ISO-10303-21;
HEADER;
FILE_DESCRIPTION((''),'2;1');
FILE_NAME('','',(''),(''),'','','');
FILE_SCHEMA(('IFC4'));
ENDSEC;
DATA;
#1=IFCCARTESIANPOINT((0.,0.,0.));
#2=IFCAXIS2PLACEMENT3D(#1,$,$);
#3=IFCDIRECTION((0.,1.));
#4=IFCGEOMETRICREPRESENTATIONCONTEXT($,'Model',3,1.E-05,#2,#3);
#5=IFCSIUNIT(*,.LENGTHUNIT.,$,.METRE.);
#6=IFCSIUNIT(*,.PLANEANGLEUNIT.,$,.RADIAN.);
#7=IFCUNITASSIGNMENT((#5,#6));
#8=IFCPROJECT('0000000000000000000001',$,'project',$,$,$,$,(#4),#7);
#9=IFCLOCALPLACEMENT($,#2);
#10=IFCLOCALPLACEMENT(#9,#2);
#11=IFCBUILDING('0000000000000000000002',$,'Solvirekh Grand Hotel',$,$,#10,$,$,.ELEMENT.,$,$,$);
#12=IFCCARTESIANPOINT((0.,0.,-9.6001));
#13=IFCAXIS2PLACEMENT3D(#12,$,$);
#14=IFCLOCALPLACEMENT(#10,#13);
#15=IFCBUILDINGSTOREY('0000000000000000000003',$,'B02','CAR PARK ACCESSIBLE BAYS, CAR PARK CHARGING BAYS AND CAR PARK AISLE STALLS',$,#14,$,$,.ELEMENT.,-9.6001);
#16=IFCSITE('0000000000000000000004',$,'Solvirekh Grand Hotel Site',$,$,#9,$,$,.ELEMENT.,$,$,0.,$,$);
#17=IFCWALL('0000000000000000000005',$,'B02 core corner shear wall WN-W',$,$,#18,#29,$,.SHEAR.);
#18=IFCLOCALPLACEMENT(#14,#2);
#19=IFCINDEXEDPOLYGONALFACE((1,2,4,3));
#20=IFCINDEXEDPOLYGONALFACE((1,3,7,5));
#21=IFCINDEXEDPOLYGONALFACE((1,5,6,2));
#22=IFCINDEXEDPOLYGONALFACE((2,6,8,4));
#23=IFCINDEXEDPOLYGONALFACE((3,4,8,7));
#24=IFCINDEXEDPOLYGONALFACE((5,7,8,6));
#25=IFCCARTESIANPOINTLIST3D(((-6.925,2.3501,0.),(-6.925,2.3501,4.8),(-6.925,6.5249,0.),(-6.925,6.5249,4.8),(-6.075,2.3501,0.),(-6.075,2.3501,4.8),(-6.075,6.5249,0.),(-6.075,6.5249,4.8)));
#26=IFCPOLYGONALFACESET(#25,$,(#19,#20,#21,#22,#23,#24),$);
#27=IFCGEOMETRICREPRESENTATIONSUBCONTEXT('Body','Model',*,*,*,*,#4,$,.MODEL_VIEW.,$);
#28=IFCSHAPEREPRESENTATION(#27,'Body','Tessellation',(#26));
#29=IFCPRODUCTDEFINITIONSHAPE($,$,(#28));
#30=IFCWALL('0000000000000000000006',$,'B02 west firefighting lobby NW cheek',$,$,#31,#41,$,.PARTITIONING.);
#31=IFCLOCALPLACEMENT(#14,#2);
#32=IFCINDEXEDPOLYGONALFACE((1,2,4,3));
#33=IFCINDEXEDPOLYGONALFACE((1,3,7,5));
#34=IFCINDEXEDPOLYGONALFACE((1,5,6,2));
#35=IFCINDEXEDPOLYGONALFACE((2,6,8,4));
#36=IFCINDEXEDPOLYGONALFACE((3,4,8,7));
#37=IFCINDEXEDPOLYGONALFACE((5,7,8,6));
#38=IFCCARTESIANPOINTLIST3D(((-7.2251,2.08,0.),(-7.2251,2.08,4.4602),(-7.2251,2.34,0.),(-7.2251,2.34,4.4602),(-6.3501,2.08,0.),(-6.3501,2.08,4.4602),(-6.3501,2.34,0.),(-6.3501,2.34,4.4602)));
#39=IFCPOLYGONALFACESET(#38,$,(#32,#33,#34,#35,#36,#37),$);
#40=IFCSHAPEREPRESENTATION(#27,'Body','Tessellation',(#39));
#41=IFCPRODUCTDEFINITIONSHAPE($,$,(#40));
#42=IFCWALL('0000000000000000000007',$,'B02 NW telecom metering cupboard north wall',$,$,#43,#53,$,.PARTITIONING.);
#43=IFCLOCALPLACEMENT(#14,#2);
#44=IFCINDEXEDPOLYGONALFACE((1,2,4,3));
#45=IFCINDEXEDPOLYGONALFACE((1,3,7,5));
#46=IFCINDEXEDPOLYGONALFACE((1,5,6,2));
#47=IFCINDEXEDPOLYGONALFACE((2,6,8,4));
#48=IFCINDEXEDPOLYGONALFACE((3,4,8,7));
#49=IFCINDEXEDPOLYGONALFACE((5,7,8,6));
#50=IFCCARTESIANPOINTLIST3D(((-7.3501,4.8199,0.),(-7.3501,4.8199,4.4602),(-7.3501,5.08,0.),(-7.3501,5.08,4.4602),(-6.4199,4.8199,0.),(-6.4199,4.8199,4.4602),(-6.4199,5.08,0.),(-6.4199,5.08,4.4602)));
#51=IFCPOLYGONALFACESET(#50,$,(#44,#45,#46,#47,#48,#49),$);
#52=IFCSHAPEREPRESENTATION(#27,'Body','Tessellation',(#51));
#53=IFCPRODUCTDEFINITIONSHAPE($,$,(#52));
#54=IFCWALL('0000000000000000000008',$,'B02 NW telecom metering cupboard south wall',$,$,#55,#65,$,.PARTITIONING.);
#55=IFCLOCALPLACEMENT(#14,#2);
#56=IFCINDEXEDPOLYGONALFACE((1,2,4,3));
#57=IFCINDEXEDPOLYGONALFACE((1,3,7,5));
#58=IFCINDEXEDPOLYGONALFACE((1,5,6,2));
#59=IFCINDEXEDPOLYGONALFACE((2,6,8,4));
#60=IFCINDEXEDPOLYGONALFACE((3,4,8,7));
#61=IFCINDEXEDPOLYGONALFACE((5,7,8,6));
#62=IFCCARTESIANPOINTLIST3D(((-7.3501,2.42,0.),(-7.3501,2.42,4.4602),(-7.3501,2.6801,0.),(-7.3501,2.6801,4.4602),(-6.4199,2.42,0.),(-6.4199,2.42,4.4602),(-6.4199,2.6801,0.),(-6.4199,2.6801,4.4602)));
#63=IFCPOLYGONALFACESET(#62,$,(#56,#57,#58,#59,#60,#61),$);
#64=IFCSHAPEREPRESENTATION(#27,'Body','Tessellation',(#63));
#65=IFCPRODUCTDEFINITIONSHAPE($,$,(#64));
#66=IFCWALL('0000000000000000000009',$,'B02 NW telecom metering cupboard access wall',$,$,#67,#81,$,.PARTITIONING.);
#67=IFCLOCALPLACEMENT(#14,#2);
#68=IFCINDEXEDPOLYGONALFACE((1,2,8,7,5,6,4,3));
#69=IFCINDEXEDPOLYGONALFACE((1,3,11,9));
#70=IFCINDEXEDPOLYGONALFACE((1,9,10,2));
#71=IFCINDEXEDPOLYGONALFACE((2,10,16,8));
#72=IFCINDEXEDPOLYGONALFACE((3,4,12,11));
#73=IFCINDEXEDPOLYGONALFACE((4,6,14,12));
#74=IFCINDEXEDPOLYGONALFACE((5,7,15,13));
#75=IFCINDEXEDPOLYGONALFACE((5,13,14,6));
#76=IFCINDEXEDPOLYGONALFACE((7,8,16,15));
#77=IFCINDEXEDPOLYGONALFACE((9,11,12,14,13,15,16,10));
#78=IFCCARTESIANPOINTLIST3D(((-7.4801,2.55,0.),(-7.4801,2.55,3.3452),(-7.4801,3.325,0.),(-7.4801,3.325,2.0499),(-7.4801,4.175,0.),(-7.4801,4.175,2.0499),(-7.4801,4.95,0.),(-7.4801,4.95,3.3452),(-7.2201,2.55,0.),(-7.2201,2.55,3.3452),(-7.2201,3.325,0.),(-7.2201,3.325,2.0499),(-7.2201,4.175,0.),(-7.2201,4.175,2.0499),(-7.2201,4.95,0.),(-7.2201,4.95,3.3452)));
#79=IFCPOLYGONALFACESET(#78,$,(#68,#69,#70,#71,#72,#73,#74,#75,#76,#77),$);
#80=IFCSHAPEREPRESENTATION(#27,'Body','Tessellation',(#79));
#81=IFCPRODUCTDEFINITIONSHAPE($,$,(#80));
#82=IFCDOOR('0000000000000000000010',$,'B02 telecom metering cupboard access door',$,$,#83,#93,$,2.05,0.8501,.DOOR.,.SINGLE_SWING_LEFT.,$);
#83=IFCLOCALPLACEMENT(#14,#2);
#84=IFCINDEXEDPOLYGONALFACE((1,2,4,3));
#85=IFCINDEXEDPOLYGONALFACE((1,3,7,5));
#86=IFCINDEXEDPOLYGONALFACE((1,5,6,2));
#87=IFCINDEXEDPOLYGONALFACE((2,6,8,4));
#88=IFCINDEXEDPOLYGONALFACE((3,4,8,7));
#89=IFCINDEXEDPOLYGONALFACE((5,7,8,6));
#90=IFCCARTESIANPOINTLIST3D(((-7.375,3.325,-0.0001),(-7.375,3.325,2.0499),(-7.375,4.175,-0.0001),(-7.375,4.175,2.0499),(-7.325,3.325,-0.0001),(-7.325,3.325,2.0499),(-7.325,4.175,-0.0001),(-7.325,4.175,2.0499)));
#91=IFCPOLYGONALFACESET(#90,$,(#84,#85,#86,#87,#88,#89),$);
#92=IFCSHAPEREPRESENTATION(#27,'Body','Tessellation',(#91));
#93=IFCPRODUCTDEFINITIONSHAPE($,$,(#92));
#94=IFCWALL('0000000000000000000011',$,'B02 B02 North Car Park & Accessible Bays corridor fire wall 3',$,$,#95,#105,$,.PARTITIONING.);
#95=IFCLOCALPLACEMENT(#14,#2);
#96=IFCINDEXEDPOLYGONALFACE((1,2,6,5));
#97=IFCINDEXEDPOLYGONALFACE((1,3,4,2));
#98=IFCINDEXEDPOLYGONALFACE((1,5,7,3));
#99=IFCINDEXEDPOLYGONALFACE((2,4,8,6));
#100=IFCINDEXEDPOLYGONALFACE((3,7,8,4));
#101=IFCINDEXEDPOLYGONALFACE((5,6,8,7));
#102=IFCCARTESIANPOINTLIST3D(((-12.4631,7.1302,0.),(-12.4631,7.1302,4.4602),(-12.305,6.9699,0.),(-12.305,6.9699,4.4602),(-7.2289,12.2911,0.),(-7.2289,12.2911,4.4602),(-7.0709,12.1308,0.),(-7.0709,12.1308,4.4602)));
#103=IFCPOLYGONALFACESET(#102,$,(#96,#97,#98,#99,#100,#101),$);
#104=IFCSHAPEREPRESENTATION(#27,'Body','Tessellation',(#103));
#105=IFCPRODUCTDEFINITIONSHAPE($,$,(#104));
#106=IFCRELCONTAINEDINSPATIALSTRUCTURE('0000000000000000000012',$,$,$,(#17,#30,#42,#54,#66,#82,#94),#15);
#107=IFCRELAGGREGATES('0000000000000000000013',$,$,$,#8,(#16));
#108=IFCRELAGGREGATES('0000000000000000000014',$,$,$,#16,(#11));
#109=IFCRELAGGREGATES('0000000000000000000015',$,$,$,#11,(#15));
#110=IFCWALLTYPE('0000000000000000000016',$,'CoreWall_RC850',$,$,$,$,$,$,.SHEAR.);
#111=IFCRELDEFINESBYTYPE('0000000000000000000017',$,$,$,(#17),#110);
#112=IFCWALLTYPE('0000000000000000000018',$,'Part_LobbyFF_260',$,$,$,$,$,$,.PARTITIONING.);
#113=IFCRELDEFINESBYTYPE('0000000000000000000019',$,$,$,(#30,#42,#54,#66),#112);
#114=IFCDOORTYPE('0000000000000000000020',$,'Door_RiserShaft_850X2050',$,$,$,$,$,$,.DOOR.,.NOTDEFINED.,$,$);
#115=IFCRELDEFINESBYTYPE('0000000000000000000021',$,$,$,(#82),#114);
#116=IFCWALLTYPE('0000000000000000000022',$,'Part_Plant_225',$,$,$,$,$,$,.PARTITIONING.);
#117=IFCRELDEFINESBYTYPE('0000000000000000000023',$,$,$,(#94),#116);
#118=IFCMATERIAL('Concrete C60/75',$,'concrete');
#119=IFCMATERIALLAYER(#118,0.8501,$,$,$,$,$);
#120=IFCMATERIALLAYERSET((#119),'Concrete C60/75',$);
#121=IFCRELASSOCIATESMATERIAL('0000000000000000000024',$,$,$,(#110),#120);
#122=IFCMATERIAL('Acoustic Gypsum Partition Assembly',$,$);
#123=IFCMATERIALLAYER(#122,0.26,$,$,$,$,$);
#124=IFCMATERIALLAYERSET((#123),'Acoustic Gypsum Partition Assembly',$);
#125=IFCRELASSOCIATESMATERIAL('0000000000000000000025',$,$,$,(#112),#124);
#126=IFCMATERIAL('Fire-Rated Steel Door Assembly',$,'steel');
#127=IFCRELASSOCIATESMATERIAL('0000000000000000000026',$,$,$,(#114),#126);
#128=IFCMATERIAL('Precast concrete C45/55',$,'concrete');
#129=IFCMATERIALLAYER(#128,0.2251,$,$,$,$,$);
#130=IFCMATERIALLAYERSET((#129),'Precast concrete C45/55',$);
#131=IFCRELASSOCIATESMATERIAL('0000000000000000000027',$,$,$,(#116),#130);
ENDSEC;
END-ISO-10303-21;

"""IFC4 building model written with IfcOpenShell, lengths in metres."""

from ifc_helpers import new_model, si_unit, direction, frame, frame_2d, origin, place, context, subcontext, project, spatial, rectangle, extrude, material, layer, layer_set, type_object, element, fill, save


model = new_model("IFC4")

# Units and contexts
model_context = context("Model", 3, precision=1e-05, world=origin(), true_north=direction((0.0, 1.0)))
body_context = subcontext(model_context, "Body", "Model", "MODEL_VIEW")
ifc_project = project(units=[si_unit("LENGTHUNIT", "METRE"), si_unit("PLANEANGLEUNIT", "RADIAN")], contexts=[model_context])

# Site, building, storey
site_placement = place(None, origin())
site = spatial("IfcSite", under=ifc_project, at=site_placement, Name="Solvirekh Grand Hotel Site", CompositionType="ELEMENT", RefElevation=0.0)
building_placement = place(site_placement, origin())
building = spatial("IfcBuilding", under=site, at=building_placement, Name="Solvirekh Grand Hotel", CompositionType="ELEMENT")
storey_placement = place(building_placement, frame((0.0, 0.0, -9.6001)))
storey = spatial("IfcBuildingStorey", under=building, at=storey_placement, Name="B02", Description="CAR PARK ACCESSIBLE BAYS, CAR PARK CHARGING BAYS AND CAR PARK AISLE STALLS", CompositionType="ELEMENT", Elevation=-9.6001)

# Shared definitions
ifc_material_1 = material(Name="Concrete C60/75", Category="concrete")

# Shared definitions
ifc_material_2 = material(Name="Fire-Rated Steel Door Assembly", Category="steel")

# Walls
ifc_layer_1 = layer(ifc_material_1, 0.8501)
ifc_layer_set_1 = layer_set([ifc_layer_1], Name="Concrete C60/75")
wall_type_1 = type_object("IfcWallType", Name="CoreWall_RC850", PredefinedType="SHEAR", material=ifc_layer_set_1)
wall_1_placement = place(storey_placement, frame((-6.5, 2.3501, 0.0), z_axis=(0.0, 0.0, 1.0), x_axis=(0.0, 1.0, 0.0)))
element("IfcWall", 1, at=wall_1_placement, inside=storey, type_object=wall_type_1, Name="B02 core corner shear wall WN-W", PredefinedType="SHEAR", context=body_context, shape_type="SweptSolid", body=[
    extrude(rectangle(XDim=4.1748, YDim=0.8501, at=frame_2d((2.0874, 0.0))), origin(), (0.0, 0.0, 1.0), 4.8),
])
ifc_material_3 = material(Name="Acoustic Gypsum Partition Assembly")
ifc_layer_2 = layer(ifc_material_3, 0.26)
ifc_layer_set_2 = layer_set([ifc_layer_2], Name="Acoustic Gypsum Partition Assembly")
wall_type_2 = type_object("IfcWallType", Name="Part_LobbyFF_260", PredefinedType="PARTITIONING", material=ifc_layer_set_2)
wall_2_placement = place(storey_placement, frame((-7.2251, 2.21, 0.0), z_axis=(0.0, 0.0, 1.0), x_axis=(1.0, 0.0, 0.0)))
element("IfcWall", 2, at=wall_2_placement, inside=storey, type_object=wall_type_2, Name="B02 west firefighting lobby NW cheek", PredefinedType="PARTITIONING", context=body_context, shape_type="SweptSolid", body=[
    extrude(rectangle(XDim=0.875, YDim=0.26, at=frame_2d((0.4375, 0.0))), origin(), (0.0, 0.0, 1.0), 4.4602),
])
for number, where, z_axis, x_axis, name in (
    (3, (-7.3501, 4.95, 0.0), (0.0, 0.0, 1.0), (1.0, 0.0, 0.0), "B02 NW telecom metering cupboard north wall"),
    (4, (-7.3501, 2.55, 0.0), (0.0, 0.0, 1.0), (1.0, 0.0, 0.0), "B02 NW telecom metering cupboard south wall"),
):
    element("IfcWall", number, at=place(storey_placement, frame(where, z_axis=z_axis, x_axis=x_axis)), inside=storey, type_object=wall_type_2, Name=name, PredefinedType="PARTITIONING", context=body_context, shape_type="SweptSolid", body=[
        extrude(rectangle(XDim=0.9302, YDim=0.26, at=frame_2d((0.4651, 0.0))), origin(), (0.0, 0.0, 1.0), 4.4602),
    ])

# Wall, opening, door
wall_3_placement = place(storey_placement, frame((-7.3501, 2.55, 0.0), z_axis=(0.0, 0.0, 1.0), x_axis=(0.0, 1.0, 0.0)))
wall_3 = element("IfcWall", 5, at=wall_3_placement, inside=storey, type_object=wall_type_2, Name="B02 NW telecom metering cupboard access wall", PredefinedType="PARTITIONING", context=body_context, shape_type="SweptSolid", body=[
    extrude(rectangle(XDim=2.3999, YDim=0.26, at=frame_2d((1.2, 0.0))), origin(), (0.0, 0.0, 1.0), 3.3452),
])
opening_1_placement = place(wall_3_placement, frame((0.7749, 0.0, 0.0)))
opening_1 = element("IfcOpeningElement", 6, at=opening_1_placement, cuts=wall_3, PredefinedType="OPENING", context=body_context, shape_type="SweptSolid", body=[
    extrude(rectangle(XDim=0.8501, YDim=2.05, at=frame_2d((0.425, 1.0249))), frame((0.0, 0.1401, 0.0), z_axis=(0.0, -1.0, 0.0), x_axis=(1.0, 0.0, 0.0)), (0.0, 0.0, 1.0), 0.28),
])
door_type_1 = type_object("IfcDoorType", Name="Door_RiserShaft_850X2050", OperationType="NOTDEFINED", PredefinedType="DOOR", material=ifc_material_2)
door_1_placement = place(opening_1_placement, origin())
door_1 = element("IfcDoor", 7, at=door_1_placement, inside=storey, type_object=door_type_1, Name="B02 telecom metering cupboard access door", OperationType="SINGLE_SWING_LEFT", OverallHeight=2.05, OverallWidth=0.8501, PredefinedType="DOOR", context=body_context, shape_type="SweptSolid", body=[
    extrude(rectangle(XDim=0.8501, YDim=2.05, at=frame_2d((0.425, 1.0249))), frame((0.0, 0.0249, 0.0), z_axis=(0.0, -1.0, 0.0), x_axis=(1.0, 0.0, 0.0)), (0.0, 0.0, 1.0), 0.05),
])
fill(opening_1, door_1)

# Wall
ifc_material_4 = material(Name="Precast concrete C45/55", Category="concrete")
ifc_layer_3 = layer(ifc_material_4, 0.2251)
ifc_layer_set_3 = layer_set([ifc_layer_3], Name="Precast concrete C45/55")
wall_type_3 = type_object("IfcWallType", Name="Part_Plant_225", PredefinedType="PARTITIONING", material=ifc_layer_set_3)
wall_4_placement = place(storey_placement, frame((-7.1499, 12.2109, 0.0), z_axis=(0.0, 0.0, 1.0), x_axis=(-0.712071, -0.702107, 0.0)))
element("IfcWall", 8, at=wall_4_placement, inside=storey, type_object=wall_type_3, Name="B02 B02 North Car Park & Accessible Bays corridor fire wall 3", PredefinedType="PARTITIONING", context=body_context, shape_type="SweptSolid", body=[
    extrude(rectangle(XDim=7.3506, YDim=0.2251, at=frame_2d((3.6753, 0.0))), origin(), (0.0, 0.0, 1.0), 4.4602),
])

save(model, "model.ifc")
